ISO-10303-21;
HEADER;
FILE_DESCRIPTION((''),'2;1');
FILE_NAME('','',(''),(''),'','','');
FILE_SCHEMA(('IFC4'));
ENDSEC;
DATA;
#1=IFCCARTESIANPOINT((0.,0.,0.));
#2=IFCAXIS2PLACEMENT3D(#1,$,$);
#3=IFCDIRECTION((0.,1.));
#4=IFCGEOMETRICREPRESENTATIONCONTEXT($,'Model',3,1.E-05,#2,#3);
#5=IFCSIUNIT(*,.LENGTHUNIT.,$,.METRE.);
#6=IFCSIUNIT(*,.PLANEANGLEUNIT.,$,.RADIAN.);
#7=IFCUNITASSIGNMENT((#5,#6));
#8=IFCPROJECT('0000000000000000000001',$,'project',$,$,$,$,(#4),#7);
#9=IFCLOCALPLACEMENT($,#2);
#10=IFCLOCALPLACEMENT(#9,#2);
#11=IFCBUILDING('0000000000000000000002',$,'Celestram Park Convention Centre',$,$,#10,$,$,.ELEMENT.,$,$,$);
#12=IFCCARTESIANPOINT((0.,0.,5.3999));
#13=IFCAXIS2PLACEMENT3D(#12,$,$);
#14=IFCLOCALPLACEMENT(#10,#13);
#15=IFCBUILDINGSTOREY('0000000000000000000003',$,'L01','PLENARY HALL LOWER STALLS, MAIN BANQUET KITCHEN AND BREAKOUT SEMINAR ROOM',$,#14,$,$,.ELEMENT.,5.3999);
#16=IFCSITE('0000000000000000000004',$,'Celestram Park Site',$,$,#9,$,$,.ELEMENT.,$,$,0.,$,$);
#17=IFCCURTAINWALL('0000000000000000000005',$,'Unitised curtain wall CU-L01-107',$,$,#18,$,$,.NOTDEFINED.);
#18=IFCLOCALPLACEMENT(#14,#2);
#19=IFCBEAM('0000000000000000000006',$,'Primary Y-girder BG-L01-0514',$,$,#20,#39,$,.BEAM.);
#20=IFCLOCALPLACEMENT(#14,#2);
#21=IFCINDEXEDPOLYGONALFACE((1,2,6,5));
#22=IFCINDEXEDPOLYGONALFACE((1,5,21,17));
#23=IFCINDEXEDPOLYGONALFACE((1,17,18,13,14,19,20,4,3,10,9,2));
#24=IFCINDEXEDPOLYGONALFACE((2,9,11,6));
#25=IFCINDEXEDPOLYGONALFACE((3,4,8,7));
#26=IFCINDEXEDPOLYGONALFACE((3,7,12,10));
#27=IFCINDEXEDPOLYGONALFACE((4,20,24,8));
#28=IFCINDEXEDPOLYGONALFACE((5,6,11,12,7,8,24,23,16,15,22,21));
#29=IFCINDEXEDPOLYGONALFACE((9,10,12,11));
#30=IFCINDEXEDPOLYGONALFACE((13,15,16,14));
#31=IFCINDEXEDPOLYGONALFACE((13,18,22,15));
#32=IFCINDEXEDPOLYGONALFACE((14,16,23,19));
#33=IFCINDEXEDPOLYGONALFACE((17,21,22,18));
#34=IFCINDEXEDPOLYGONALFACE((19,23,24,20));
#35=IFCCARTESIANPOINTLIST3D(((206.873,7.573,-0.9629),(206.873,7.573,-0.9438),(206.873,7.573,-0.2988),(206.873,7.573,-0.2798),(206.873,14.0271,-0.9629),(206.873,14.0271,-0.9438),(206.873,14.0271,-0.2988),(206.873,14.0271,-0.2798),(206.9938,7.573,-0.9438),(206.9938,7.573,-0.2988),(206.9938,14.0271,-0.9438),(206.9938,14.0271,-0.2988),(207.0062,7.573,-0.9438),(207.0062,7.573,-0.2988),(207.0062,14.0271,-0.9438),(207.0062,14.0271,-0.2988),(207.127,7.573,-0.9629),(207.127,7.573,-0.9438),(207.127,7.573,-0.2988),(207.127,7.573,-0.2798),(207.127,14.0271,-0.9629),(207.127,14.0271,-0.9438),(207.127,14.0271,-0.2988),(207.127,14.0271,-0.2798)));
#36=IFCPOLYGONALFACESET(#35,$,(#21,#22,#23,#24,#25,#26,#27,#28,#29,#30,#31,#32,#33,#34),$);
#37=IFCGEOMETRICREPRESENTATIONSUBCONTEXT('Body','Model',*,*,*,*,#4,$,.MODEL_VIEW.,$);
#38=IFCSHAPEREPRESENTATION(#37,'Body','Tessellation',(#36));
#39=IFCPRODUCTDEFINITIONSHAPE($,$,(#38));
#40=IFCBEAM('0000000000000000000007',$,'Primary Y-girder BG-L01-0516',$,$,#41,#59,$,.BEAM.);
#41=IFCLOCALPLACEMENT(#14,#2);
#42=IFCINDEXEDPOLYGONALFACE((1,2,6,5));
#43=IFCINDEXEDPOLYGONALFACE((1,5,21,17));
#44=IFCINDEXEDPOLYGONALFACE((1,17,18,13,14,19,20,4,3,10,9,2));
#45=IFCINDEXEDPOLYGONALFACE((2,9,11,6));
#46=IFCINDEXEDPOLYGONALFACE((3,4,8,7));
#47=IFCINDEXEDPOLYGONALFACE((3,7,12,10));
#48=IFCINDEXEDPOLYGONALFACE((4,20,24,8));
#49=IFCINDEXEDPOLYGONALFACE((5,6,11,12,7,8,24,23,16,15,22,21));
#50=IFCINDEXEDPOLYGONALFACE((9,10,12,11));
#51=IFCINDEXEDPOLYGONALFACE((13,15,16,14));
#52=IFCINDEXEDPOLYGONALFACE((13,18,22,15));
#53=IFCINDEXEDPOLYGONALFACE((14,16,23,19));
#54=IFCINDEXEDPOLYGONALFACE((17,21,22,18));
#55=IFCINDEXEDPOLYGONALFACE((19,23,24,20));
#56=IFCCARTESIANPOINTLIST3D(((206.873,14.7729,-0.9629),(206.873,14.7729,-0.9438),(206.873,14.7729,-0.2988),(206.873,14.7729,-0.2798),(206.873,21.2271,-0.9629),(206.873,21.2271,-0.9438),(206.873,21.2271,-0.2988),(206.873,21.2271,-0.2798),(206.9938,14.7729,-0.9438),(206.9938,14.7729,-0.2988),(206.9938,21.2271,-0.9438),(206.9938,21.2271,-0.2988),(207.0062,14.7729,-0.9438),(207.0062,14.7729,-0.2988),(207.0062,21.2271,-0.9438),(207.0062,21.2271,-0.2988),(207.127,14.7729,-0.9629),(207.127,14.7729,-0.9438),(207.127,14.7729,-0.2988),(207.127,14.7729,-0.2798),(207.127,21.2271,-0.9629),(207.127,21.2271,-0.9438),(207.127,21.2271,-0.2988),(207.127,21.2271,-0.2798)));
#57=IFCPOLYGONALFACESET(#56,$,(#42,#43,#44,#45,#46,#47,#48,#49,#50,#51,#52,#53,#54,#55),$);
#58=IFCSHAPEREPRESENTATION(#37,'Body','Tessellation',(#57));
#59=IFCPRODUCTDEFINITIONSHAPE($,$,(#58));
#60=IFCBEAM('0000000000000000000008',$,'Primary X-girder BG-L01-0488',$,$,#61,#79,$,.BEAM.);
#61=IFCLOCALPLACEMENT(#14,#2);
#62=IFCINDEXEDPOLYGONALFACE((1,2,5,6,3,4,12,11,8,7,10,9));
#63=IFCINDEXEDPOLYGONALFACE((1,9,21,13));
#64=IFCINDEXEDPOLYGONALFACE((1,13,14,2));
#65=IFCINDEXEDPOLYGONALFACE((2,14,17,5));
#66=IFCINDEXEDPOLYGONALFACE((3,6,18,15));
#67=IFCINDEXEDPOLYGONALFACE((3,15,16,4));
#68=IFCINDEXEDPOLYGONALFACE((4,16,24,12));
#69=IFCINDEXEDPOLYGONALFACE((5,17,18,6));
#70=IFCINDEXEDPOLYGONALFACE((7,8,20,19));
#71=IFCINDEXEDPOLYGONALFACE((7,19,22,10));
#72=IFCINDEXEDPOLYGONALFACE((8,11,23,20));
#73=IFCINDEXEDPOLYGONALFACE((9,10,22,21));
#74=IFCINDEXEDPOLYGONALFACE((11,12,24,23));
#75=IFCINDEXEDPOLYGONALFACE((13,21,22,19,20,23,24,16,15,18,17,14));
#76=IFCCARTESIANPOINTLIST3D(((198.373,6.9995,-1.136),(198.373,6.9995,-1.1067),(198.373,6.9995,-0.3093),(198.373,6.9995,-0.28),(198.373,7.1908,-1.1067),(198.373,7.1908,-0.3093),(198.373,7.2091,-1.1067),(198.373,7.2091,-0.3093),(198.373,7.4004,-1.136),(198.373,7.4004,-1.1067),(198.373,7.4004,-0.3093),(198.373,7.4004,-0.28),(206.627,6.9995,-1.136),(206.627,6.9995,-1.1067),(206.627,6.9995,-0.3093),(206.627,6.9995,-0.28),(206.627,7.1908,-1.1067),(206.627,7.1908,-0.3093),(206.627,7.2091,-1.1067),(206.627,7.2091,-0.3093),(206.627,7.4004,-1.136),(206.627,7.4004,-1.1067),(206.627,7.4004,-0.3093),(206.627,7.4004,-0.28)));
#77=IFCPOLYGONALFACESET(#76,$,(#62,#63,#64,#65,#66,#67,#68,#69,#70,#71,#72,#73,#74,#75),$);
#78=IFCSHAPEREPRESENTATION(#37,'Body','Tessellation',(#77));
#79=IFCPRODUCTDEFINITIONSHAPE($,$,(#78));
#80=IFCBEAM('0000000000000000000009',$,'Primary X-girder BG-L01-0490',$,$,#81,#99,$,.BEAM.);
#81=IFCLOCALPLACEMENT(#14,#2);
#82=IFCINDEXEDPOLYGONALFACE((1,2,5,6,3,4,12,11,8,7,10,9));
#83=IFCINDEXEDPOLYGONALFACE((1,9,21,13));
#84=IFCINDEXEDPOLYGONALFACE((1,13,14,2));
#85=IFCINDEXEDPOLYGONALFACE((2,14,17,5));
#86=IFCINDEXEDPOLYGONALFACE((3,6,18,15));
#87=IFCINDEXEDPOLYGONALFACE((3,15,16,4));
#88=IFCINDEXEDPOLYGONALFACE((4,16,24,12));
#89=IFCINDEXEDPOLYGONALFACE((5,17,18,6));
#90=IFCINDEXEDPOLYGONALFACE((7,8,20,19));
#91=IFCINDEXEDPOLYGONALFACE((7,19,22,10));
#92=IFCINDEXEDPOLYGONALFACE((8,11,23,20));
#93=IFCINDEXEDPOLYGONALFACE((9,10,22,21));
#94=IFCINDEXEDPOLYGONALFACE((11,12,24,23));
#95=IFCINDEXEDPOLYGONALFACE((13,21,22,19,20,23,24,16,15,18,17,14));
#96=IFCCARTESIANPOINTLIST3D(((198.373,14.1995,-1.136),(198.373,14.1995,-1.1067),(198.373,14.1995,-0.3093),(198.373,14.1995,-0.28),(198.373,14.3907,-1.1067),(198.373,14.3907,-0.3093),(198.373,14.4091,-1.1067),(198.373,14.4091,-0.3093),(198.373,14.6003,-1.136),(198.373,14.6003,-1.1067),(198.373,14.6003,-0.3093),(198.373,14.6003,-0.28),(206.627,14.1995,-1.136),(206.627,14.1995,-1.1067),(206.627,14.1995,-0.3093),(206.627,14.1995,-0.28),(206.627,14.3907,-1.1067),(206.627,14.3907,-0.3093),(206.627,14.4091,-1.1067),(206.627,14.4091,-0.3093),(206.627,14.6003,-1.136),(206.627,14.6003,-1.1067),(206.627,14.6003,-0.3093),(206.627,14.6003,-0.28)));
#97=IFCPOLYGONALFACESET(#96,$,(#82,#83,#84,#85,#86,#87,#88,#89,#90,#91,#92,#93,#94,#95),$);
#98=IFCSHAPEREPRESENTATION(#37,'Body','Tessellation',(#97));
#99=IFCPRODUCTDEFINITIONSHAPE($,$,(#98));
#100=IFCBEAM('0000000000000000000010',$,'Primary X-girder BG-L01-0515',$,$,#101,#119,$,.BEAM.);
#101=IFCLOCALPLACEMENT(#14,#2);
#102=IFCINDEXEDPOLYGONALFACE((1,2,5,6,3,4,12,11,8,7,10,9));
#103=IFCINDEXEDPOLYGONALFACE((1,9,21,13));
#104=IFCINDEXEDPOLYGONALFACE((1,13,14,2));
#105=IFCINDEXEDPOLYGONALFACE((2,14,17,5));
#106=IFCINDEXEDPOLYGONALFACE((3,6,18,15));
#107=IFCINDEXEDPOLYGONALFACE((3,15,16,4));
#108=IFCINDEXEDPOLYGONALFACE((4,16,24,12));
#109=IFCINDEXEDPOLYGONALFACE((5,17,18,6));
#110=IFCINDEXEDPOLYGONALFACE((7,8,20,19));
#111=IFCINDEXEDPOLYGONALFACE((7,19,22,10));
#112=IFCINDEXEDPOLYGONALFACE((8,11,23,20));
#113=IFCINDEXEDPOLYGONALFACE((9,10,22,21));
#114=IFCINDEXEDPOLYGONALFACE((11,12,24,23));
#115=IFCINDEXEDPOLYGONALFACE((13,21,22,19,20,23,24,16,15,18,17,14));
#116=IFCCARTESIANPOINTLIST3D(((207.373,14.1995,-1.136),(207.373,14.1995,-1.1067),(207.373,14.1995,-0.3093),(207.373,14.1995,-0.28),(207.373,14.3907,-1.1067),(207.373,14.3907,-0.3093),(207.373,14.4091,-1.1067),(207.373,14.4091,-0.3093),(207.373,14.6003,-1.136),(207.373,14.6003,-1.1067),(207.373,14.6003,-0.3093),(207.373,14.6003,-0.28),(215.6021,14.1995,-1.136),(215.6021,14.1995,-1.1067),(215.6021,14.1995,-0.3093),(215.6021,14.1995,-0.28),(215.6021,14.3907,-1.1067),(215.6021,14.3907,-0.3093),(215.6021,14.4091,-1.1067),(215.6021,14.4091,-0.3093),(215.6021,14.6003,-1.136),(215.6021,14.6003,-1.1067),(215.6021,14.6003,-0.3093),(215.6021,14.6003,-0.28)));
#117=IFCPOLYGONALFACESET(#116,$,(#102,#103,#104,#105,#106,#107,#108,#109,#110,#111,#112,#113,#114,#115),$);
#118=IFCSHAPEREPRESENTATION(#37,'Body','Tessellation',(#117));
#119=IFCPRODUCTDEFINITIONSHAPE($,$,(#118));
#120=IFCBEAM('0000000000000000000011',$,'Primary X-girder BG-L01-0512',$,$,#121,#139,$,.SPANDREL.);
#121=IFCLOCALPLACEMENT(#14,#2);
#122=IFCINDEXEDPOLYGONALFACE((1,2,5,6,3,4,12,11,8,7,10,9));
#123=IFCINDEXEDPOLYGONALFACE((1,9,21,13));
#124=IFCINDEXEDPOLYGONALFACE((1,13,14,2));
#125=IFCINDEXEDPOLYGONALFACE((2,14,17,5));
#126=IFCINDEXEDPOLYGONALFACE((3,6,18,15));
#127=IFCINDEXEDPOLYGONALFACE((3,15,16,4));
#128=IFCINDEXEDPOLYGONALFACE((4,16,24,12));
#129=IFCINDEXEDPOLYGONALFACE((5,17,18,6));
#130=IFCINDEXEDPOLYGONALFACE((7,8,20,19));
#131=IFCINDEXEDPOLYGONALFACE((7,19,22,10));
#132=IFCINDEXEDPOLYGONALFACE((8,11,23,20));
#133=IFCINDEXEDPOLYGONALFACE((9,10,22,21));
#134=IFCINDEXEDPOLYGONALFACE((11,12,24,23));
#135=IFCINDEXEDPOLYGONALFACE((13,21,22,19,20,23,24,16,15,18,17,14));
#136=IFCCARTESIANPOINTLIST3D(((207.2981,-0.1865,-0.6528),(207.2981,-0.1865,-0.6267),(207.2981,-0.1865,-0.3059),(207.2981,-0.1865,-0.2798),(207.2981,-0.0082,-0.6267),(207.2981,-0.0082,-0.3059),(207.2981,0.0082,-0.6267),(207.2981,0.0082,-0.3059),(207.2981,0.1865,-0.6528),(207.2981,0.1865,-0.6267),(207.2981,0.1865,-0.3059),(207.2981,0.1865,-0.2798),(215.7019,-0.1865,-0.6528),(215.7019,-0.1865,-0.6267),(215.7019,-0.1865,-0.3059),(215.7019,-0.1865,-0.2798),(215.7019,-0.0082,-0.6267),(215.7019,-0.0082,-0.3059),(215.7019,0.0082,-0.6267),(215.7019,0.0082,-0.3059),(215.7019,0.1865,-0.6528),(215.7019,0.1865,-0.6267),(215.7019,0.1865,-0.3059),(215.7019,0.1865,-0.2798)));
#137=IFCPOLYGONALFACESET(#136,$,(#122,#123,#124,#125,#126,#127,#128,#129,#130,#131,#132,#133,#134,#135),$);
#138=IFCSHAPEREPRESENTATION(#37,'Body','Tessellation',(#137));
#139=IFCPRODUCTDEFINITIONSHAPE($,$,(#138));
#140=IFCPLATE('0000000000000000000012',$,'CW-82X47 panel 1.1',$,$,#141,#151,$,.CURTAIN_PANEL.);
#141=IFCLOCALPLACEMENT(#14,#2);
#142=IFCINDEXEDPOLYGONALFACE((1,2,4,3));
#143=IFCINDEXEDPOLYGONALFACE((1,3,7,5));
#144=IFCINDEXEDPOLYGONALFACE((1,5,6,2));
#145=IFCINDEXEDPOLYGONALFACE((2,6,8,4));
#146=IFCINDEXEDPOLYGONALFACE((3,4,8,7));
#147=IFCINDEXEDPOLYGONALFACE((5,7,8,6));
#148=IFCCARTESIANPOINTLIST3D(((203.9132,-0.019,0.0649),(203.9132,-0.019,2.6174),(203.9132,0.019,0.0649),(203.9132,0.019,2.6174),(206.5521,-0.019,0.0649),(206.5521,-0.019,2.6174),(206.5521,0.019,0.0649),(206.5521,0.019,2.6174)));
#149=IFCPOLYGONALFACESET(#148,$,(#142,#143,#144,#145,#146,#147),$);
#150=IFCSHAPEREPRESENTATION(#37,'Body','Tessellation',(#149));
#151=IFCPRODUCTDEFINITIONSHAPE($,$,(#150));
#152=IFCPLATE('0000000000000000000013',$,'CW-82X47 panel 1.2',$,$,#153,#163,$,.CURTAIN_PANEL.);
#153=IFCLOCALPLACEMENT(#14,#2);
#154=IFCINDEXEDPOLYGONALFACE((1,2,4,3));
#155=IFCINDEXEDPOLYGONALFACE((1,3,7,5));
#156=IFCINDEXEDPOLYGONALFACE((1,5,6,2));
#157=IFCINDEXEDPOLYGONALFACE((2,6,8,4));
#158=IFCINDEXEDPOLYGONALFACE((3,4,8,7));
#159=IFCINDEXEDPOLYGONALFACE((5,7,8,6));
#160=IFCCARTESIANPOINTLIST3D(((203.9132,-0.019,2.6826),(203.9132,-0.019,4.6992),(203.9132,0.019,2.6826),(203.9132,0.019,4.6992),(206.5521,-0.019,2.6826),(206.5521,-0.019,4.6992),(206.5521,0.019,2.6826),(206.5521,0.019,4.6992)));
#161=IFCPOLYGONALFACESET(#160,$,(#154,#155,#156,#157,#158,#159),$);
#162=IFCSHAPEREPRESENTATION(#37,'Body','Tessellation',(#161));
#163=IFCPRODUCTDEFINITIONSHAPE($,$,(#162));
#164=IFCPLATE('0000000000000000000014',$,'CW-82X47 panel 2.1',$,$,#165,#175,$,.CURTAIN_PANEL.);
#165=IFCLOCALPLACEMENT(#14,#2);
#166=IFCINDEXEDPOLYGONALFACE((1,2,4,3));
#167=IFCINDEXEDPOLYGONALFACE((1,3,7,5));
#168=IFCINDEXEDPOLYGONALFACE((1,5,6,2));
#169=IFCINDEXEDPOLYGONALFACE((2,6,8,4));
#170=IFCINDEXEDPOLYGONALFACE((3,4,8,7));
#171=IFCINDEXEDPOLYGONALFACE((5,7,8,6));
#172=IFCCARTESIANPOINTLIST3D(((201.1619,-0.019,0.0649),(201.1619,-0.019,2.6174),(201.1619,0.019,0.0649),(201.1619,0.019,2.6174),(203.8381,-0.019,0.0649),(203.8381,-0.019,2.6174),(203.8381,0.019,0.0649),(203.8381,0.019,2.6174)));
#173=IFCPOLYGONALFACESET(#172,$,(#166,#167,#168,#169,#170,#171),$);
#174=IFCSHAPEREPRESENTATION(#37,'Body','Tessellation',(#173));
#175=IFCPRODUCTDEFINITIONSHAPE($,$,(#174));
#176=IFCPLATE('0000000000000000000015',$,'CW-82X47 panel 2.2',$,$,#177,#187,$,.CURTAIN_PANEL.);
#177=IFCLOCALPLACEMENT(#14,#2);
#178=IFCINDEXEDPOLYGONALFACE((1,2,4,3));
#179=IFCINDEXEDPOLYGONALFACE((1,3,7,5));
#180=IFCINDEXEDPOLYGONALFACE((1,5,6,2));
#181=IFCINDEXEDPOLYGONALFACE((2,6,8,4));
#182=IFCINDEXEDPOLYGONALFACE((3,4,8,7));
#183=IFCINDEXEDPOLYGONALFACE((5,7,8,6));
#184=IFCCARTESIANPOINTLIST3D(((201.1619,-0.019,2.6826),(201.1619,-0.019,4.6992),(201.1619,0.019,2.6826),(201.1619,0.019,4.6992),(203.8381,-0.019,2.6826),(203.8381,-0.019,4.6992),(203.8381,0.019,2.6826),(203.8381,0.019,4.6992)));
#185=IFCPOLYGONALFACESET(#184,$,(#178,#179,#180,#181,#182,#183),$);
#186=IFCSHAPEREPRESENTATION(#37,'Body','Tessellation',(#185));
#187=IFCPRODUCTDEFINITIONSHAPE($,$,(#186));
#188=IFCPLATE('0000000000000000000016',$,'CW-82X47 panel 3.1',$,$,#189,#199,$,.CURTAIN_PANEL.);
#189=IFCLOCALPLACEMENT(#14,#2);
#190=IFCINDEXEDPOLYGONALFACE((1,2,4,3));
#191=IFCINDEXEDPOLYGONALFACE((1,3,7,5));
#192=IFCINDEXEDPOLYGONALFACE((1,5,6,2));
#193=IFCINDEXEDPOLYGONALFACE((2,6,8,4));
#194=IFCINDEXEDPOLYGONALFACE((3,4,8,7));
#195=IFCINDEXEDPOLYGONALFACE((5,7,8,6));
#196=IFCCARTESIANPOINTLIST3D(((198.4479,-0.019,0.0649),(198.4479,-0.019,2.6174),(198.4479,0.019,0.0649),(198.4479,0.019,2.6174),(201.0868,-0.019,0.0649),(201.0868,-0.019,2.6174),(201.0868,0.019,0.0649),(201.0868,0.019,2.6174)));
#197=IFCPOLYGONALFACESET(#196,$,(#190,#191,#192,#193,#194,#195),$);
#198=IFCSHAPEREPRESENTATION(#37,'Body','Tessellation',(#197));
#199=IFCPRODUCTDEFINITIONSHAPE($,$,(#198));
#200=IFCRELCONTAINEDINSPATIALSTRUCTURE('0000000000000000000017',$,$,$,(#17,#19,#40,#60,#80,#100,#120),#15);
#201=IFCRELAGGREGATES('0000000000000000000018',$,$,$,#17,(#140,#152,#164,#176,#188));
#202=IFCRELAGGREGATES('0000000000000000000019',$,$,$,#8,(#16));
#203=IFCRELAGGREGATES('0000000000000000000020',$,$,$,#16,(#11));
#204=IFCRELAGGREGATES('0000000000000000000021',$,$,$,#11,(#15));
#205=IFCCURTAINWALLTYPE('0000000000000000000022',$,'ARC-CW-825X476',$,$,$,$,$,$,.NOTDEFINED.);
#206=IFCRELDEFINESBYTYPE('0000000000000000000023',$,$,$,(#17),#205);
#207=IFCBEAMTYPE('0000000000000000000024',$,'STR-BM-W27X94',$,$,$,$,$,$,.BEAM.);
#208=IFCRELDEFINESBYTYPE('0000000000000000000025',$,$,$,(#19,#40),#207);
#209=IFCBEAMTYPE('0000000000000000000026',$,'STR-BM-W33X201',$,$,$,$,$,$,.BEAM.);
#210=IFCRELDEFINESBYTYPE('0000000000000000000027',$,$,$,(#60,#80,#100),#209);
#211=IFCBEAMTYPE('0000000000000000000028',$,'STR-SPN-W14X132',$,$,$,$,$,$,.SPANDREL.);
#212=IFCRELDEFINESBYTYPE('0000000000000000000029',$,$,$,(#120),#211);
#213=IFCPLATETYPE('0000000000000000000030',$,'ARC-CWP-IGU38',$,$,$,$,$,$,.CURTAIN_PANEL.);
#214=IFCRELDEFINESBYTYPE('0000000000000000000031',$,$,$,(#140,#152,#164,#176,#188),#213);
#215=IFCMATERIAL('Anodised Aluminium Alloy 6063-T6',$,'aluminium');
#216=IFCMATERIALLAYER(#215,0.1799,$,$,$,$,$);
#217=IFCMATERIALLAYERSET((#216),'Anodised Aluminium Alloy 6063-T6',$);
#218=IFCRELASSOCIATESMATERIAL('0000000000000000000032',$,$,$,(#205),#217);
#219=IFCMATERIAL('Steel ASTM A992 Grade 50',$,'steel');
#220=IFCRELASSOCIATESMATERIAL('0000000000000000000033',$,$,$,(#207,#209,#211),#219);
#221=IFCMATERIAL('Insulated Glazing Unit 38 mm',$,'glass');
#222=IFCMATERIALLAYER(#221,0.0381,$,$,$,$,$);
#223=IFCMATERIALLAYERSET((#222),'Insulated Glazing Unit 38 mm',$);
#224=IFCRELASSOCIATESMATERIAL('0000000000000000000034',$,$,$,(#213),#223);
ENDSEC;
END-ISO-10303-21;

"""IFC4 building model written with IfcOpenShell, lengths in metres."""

from ifc_helpers import new_model, si_unit, direction, frame, origin, origin_2d, place, context, subcontext, project, spatial, rectangle, i_section, extrude, material, layer, layer_set, material_profile, profile_set, type_object, element, aggregate, save


model = new_model("IFC4")

# Units and contexts
model_context = context("Model", 3, precision=1e-05, world=origin(), true_north=direction((0.0, 1.0)))
body_context = subcontext(model_context, "Body", "Model", "MODEL_VIEW")
ifc_project = project(units=[si_unit("LENGTHUNIT", "METRE"), si_unit("PLANEANGLEUNIT", "RADIAN")], contexts=[model_context])

# Site, building, storey
site_placement = place(None, origin())
site = spatial("IfcSite", under=ifc_project, at=site_placement, Name="Celestram Park Site", CompositionType="ELEMENT", RefElevation=0.0)
building_placement = place(site_placement, origin())
building = spatial("IfcBuilding", under=site, at=building_placement, Name="Celestram Park Convention Centre", CompositionType="ELEMENT")
storey_placement = place(building_placement, frame((0.0, 0.0, 5.3999)))
storey = spatial("IfcBuildingStorey", under=building, at=storey_placement, Name="L01", Description="PLENARY HALL LOWER STALLS, MAIN BANQUET KITCHEN AND BREAKOUT SEMINAR ROOM", CompositionType="ELEMENT", Elevation=5.3999)

# Shared definitions
ifc_material_1 = material(Name="Anodised Aluminium Alloy 6063-T6", Category="aluminium")
ifc_layer_1 = layer(ifc_material_1, 0.1799)
ifc_layer_set_1 = layer_set([ifc_layer_1], Name="Anodised Aluminium Alloy 6063-T6")
curtain_wall_type = type_object("IfcCurtainWallType", Name="ARC-CW-825X476", PredefinedType="NOTDEFINED", material=ifc_layer_set_1)

# Curtain wall
curtain_wall_1_placement = place(storey_placement, origin())
curtain_wall_1 = element("IfcCurtainWall", 1, at=curtain_wall_1_placement, inside=storey, type_object=curtain_wall_type, Name="Unitised curtain wall CU-L01-107", PredefinedType="NOTDEFINED")

# Beams
ifc_material_2 = material(Name="Steel ASTM A992 Grade 50", Category="steel")
ifc_material_profile_1 = material_profile(ifc_material_2, i_section(OverallWidth=0.2539, OverallDepth=0.6831, WebThickness=0.0125, FlangeThickness=0.019, at=origin_2d()), Name="W27X94")
ifc_profile_set_1 = profile_set([ifc_material_profile_1], Name="Steel ASTM A992 Grade 50")
beam_type_1 = type_object("IfcBeamType", Name="STR-BM-W27X94", PredefinedType="BEAM", material=ifc_profile_set_1)
for number, where, z_axis, x_axis, name in (
    (2, (207.0, 7.573, -0.6213), (0.0, 1.0, 0.0), (-1.0, 0.0, 0.0), "Primary Y-girder BG-L01-0514"),
    (3, (207.0, 14.7729, -0.6213), (0.0, 1.0, 0.0), (-1.0, 0.0, 0.0), "Primary Y-girder BG-L01-0516"),
):
    element("IfcBeam", number, at=place(storey_placement, frame(where, z_axis=z_axis, x_axis=x_axis)), inside=storey, type_object=beam_type_1, Name=name, PredefinedType="BEAM", context=body_context, shape_type="SweptSolid", body=[
        extrude(i_section(OverallWidth=0.2539, OverallDepth=0.6831, WebThickness=0.0125, FlangeThickness=0.019, at=origin_2d()), origin(), (0.0, 0.0, 1.0), 6.4541),
    ])
ifc_material_profile_2 = material_profile(ifc_material_2, i_section(OverallWidth=0.4009, OverallDepth=0.856, WebThickness=0.0183, FlangeThickness=0.0293, at=origin_2d()), Name="W33X201")
ifc_profile_set_2 = profile_set([ifc_material_profile_2], Name="Steel ASTM A992 Grade 50")
beam_type_2 = type_object("IfcBeamType", Name="STR-BM-W33X201", PredefinedType="BEAM", material=ifc_profile_set_2)
for number, where, z_axis, x_axis, name in (
    (4, (198.373, 7.2, -0.708), (1.0, 0.0, 0.0), (0.0, 1.0, 0.0), "Primary X-girder BG-L01-0488"),
    (5, (198.373, 14.3999, -0.708), (1.0, 0.0, 0.0), (0.0, 1.0, 0.0), "Primary X-girder BG-L01-0490"),
):
    element("IfcBeam", number, at=place(storey_placement, frame(where, z_axis=z_axis, x_axis=x_axis)), inside=storey, type_object=beam_type_2, Name=name, PredefinedType="BEAM", context=body_context, shape_type="SweptSolid", body=[
        extrude(i_section(OverallWidth=0.4009, OverallDepth=0.856, WebThickness=0.0183, FlangeThickness=0.0293, at=origin_2d()), origin(), (0.0, 0.0, 1.0), 8.2539),
    ])
beam_1_placement = place(storey_placement, frame((207.373, 14.3999, -0.708), z_axis=(1.0, 0.0, 0.0), x_axis=(0.0, 1.0, 0.0)))
element("IfcBeam", 6, at=beam_1_placement, inside=storey, type_object=beam_type_2, Name="Primary X-girder BG-L01-0515", PredefinedType="BEAM", context=body_context, shape_type="SweptSolid", body=[
    extrude(i_section(OverallWidth=0.4009, OverallDepth=0.856, WebThickness=0.0183, FlangeThickness=0.0293, at=origin_2d()), origin(), (0.0, 0.0, 1.0), 8.229),
])
ifc_material_profile_3 = material_profile(ifc_material_2, i_section(OverallWidth=0.373, OverallDepth=0.373, WebThickness=0.0164, FlangeThickness=0.0261, at=origin_2d()), Name="W14X132")
ifc_profile_set_3 = profile_set([ifc_material_profile_3], Name="Steel ASTM A992 Grade 50")
beam_type_3 = type_object("IfcBeamType", Name="STR-SPN-W14X132", PredefinedType="SPANDREL", material=ifc_profile_set_3)
beam_2_placement = place(storey_placement, frame((207.2981, 0.0, -0.4663), z_axis=(1.0, 0.0, 0.0), x_axis=(0.0, 1.0, 0.0)))
element("IfcBeam", 7, at=beam_2_placement, inside=storey, type_object=beam_type_3, Name="Primary X-girder BG-L01-0512", PredefinedType="SPANDREL", context=body_context, shape_type="SweptSolid", body=[
    extrude(i_section(OverallWidth=0.373, OverallDepth=0.373, WebThickness=0.0164, FlangeThickness=0.0261, at=origin_2d()), origin(), (0.0, 0.0, 1.0), 8.4038),
])

# Plates
ifc_material_3 = material(Name="Insulated Glazing Unit 38 mm", Category="glass")
ifc_layer_2 = layer(ifc_material_3, 0.0381)
ifc_layer_set_2 = layer_set([ifc_layer_2], Name="Insulated Glazing Unit 38 mm")
plate_type = type_object("IfcPlateType", Name="ARC-CWP-IGU38", PredefinedType="CURTAIN_PANEL", material=ifc_layer_set_2)
plate_1_placement = place(storey_placement, frame((205.2327, 0.0, 0.0649), z_axis=(0.0, 0.0, 1.0), x_axis=(-1.0, 0.0, 0.0)))
plate_1 = element("IfcPlate", 8, at=plate_1_placement, type_object=plate_type, Name="CW-82X47 panel 1.1", PredefinedType="CURTAIN_PANEL", context=body_context, shape_type="SweptSolid", body=[
    extrude(rectangle(XDim=2.6389, YDim=0.0381, at=origin_2d()), origin(), (0.0, 0.0, 1.0), 2.5525),
])
plate_2_placement = place(storey_placement, frame((205.2327, 0.0, 2.6826), z_axis=(0.0, 0.0, 1.0), x_axis=(-1.0, 0.0, 0.0)))
plate_2 = element("IfcPlate", 9, at=plate_2_placement, type_object=plate_type, Name="CW-82X47 panel 1.2", PredefinedType="CURTAIN_PANEL", context=body_context, shape_type="SweptSolid", body=[
    extrude(rectangle(XDim=2.6389, YDim=0.0381, at=origin_2d()), origin(), (0.0, 0.0, 1.0), 2.0166),
])
plate_3_placement = place(storey_placement, frame((202.5, 0.0, 0.0649), z_axis=(0.0, 0.0, 1.0), x_axis=(-1.0, 0.0, 0.0)))
plate_3 = element("IfcPlate", 10, at=plate_3_placement, type_object=plate_type, Name="CW-82X47 panel 2.1", PredefinedType="CURTAIN_PANEL", context=body_context, shape_type="SweptSolid", body=[
    extrude(rectangle(XDim=2.6763, YDim=0.0381, at=origin_2d()), origin(), (0.0, 0.0, 1.0), 2.5525),
])
plate_4_placement = place(storey_placement, frame((202.5, 0.0, 2.6826), z_axis=(0.0, 0.0, 1.0), x_axis=(-1.0, 0.0, 0.0)))
plate_4 = element("IfcPlate", 11, at=plate_4_placement, type_object=plate_type, Name="CW-82X47 panel 2.2", PredefinedType="CURTAIN_PANEL", context=body_context, shape_type="SweptSolid", body=[
    extrude(rectangle(XDim=2.6763, YDim=0.0381, at=origin_2d()), origin(), (0.0, 0.0, 1.0), 2.0166),
])
plate_5_placement = place(storey_placement, frame((199.7673, 0.0, 0.0649), z_axis=(0.0, 0.0, 1.0), x_axis=(-1.0, 0.0, 0.0)))
plate_5 = element("IfcPlate", 12, at=plate_5_placement, type_object=plate_type, Name="CW-82X47 panel 3.1", PredefinedType="CURTAIN_PANEL", context=body_context, shape_type="SweptSolid", body=[
    extrude(rectangle(XDim=2.6389, YDim=0.0381, at=origin_2d()), origin(), (0.0, 0.0, 1.0), 2.5525),
])
aggregate(curtain_wall_1, [plate_1, plate_2, plate_3, plate_4, plate_5])

save(model, "model.ifc")
